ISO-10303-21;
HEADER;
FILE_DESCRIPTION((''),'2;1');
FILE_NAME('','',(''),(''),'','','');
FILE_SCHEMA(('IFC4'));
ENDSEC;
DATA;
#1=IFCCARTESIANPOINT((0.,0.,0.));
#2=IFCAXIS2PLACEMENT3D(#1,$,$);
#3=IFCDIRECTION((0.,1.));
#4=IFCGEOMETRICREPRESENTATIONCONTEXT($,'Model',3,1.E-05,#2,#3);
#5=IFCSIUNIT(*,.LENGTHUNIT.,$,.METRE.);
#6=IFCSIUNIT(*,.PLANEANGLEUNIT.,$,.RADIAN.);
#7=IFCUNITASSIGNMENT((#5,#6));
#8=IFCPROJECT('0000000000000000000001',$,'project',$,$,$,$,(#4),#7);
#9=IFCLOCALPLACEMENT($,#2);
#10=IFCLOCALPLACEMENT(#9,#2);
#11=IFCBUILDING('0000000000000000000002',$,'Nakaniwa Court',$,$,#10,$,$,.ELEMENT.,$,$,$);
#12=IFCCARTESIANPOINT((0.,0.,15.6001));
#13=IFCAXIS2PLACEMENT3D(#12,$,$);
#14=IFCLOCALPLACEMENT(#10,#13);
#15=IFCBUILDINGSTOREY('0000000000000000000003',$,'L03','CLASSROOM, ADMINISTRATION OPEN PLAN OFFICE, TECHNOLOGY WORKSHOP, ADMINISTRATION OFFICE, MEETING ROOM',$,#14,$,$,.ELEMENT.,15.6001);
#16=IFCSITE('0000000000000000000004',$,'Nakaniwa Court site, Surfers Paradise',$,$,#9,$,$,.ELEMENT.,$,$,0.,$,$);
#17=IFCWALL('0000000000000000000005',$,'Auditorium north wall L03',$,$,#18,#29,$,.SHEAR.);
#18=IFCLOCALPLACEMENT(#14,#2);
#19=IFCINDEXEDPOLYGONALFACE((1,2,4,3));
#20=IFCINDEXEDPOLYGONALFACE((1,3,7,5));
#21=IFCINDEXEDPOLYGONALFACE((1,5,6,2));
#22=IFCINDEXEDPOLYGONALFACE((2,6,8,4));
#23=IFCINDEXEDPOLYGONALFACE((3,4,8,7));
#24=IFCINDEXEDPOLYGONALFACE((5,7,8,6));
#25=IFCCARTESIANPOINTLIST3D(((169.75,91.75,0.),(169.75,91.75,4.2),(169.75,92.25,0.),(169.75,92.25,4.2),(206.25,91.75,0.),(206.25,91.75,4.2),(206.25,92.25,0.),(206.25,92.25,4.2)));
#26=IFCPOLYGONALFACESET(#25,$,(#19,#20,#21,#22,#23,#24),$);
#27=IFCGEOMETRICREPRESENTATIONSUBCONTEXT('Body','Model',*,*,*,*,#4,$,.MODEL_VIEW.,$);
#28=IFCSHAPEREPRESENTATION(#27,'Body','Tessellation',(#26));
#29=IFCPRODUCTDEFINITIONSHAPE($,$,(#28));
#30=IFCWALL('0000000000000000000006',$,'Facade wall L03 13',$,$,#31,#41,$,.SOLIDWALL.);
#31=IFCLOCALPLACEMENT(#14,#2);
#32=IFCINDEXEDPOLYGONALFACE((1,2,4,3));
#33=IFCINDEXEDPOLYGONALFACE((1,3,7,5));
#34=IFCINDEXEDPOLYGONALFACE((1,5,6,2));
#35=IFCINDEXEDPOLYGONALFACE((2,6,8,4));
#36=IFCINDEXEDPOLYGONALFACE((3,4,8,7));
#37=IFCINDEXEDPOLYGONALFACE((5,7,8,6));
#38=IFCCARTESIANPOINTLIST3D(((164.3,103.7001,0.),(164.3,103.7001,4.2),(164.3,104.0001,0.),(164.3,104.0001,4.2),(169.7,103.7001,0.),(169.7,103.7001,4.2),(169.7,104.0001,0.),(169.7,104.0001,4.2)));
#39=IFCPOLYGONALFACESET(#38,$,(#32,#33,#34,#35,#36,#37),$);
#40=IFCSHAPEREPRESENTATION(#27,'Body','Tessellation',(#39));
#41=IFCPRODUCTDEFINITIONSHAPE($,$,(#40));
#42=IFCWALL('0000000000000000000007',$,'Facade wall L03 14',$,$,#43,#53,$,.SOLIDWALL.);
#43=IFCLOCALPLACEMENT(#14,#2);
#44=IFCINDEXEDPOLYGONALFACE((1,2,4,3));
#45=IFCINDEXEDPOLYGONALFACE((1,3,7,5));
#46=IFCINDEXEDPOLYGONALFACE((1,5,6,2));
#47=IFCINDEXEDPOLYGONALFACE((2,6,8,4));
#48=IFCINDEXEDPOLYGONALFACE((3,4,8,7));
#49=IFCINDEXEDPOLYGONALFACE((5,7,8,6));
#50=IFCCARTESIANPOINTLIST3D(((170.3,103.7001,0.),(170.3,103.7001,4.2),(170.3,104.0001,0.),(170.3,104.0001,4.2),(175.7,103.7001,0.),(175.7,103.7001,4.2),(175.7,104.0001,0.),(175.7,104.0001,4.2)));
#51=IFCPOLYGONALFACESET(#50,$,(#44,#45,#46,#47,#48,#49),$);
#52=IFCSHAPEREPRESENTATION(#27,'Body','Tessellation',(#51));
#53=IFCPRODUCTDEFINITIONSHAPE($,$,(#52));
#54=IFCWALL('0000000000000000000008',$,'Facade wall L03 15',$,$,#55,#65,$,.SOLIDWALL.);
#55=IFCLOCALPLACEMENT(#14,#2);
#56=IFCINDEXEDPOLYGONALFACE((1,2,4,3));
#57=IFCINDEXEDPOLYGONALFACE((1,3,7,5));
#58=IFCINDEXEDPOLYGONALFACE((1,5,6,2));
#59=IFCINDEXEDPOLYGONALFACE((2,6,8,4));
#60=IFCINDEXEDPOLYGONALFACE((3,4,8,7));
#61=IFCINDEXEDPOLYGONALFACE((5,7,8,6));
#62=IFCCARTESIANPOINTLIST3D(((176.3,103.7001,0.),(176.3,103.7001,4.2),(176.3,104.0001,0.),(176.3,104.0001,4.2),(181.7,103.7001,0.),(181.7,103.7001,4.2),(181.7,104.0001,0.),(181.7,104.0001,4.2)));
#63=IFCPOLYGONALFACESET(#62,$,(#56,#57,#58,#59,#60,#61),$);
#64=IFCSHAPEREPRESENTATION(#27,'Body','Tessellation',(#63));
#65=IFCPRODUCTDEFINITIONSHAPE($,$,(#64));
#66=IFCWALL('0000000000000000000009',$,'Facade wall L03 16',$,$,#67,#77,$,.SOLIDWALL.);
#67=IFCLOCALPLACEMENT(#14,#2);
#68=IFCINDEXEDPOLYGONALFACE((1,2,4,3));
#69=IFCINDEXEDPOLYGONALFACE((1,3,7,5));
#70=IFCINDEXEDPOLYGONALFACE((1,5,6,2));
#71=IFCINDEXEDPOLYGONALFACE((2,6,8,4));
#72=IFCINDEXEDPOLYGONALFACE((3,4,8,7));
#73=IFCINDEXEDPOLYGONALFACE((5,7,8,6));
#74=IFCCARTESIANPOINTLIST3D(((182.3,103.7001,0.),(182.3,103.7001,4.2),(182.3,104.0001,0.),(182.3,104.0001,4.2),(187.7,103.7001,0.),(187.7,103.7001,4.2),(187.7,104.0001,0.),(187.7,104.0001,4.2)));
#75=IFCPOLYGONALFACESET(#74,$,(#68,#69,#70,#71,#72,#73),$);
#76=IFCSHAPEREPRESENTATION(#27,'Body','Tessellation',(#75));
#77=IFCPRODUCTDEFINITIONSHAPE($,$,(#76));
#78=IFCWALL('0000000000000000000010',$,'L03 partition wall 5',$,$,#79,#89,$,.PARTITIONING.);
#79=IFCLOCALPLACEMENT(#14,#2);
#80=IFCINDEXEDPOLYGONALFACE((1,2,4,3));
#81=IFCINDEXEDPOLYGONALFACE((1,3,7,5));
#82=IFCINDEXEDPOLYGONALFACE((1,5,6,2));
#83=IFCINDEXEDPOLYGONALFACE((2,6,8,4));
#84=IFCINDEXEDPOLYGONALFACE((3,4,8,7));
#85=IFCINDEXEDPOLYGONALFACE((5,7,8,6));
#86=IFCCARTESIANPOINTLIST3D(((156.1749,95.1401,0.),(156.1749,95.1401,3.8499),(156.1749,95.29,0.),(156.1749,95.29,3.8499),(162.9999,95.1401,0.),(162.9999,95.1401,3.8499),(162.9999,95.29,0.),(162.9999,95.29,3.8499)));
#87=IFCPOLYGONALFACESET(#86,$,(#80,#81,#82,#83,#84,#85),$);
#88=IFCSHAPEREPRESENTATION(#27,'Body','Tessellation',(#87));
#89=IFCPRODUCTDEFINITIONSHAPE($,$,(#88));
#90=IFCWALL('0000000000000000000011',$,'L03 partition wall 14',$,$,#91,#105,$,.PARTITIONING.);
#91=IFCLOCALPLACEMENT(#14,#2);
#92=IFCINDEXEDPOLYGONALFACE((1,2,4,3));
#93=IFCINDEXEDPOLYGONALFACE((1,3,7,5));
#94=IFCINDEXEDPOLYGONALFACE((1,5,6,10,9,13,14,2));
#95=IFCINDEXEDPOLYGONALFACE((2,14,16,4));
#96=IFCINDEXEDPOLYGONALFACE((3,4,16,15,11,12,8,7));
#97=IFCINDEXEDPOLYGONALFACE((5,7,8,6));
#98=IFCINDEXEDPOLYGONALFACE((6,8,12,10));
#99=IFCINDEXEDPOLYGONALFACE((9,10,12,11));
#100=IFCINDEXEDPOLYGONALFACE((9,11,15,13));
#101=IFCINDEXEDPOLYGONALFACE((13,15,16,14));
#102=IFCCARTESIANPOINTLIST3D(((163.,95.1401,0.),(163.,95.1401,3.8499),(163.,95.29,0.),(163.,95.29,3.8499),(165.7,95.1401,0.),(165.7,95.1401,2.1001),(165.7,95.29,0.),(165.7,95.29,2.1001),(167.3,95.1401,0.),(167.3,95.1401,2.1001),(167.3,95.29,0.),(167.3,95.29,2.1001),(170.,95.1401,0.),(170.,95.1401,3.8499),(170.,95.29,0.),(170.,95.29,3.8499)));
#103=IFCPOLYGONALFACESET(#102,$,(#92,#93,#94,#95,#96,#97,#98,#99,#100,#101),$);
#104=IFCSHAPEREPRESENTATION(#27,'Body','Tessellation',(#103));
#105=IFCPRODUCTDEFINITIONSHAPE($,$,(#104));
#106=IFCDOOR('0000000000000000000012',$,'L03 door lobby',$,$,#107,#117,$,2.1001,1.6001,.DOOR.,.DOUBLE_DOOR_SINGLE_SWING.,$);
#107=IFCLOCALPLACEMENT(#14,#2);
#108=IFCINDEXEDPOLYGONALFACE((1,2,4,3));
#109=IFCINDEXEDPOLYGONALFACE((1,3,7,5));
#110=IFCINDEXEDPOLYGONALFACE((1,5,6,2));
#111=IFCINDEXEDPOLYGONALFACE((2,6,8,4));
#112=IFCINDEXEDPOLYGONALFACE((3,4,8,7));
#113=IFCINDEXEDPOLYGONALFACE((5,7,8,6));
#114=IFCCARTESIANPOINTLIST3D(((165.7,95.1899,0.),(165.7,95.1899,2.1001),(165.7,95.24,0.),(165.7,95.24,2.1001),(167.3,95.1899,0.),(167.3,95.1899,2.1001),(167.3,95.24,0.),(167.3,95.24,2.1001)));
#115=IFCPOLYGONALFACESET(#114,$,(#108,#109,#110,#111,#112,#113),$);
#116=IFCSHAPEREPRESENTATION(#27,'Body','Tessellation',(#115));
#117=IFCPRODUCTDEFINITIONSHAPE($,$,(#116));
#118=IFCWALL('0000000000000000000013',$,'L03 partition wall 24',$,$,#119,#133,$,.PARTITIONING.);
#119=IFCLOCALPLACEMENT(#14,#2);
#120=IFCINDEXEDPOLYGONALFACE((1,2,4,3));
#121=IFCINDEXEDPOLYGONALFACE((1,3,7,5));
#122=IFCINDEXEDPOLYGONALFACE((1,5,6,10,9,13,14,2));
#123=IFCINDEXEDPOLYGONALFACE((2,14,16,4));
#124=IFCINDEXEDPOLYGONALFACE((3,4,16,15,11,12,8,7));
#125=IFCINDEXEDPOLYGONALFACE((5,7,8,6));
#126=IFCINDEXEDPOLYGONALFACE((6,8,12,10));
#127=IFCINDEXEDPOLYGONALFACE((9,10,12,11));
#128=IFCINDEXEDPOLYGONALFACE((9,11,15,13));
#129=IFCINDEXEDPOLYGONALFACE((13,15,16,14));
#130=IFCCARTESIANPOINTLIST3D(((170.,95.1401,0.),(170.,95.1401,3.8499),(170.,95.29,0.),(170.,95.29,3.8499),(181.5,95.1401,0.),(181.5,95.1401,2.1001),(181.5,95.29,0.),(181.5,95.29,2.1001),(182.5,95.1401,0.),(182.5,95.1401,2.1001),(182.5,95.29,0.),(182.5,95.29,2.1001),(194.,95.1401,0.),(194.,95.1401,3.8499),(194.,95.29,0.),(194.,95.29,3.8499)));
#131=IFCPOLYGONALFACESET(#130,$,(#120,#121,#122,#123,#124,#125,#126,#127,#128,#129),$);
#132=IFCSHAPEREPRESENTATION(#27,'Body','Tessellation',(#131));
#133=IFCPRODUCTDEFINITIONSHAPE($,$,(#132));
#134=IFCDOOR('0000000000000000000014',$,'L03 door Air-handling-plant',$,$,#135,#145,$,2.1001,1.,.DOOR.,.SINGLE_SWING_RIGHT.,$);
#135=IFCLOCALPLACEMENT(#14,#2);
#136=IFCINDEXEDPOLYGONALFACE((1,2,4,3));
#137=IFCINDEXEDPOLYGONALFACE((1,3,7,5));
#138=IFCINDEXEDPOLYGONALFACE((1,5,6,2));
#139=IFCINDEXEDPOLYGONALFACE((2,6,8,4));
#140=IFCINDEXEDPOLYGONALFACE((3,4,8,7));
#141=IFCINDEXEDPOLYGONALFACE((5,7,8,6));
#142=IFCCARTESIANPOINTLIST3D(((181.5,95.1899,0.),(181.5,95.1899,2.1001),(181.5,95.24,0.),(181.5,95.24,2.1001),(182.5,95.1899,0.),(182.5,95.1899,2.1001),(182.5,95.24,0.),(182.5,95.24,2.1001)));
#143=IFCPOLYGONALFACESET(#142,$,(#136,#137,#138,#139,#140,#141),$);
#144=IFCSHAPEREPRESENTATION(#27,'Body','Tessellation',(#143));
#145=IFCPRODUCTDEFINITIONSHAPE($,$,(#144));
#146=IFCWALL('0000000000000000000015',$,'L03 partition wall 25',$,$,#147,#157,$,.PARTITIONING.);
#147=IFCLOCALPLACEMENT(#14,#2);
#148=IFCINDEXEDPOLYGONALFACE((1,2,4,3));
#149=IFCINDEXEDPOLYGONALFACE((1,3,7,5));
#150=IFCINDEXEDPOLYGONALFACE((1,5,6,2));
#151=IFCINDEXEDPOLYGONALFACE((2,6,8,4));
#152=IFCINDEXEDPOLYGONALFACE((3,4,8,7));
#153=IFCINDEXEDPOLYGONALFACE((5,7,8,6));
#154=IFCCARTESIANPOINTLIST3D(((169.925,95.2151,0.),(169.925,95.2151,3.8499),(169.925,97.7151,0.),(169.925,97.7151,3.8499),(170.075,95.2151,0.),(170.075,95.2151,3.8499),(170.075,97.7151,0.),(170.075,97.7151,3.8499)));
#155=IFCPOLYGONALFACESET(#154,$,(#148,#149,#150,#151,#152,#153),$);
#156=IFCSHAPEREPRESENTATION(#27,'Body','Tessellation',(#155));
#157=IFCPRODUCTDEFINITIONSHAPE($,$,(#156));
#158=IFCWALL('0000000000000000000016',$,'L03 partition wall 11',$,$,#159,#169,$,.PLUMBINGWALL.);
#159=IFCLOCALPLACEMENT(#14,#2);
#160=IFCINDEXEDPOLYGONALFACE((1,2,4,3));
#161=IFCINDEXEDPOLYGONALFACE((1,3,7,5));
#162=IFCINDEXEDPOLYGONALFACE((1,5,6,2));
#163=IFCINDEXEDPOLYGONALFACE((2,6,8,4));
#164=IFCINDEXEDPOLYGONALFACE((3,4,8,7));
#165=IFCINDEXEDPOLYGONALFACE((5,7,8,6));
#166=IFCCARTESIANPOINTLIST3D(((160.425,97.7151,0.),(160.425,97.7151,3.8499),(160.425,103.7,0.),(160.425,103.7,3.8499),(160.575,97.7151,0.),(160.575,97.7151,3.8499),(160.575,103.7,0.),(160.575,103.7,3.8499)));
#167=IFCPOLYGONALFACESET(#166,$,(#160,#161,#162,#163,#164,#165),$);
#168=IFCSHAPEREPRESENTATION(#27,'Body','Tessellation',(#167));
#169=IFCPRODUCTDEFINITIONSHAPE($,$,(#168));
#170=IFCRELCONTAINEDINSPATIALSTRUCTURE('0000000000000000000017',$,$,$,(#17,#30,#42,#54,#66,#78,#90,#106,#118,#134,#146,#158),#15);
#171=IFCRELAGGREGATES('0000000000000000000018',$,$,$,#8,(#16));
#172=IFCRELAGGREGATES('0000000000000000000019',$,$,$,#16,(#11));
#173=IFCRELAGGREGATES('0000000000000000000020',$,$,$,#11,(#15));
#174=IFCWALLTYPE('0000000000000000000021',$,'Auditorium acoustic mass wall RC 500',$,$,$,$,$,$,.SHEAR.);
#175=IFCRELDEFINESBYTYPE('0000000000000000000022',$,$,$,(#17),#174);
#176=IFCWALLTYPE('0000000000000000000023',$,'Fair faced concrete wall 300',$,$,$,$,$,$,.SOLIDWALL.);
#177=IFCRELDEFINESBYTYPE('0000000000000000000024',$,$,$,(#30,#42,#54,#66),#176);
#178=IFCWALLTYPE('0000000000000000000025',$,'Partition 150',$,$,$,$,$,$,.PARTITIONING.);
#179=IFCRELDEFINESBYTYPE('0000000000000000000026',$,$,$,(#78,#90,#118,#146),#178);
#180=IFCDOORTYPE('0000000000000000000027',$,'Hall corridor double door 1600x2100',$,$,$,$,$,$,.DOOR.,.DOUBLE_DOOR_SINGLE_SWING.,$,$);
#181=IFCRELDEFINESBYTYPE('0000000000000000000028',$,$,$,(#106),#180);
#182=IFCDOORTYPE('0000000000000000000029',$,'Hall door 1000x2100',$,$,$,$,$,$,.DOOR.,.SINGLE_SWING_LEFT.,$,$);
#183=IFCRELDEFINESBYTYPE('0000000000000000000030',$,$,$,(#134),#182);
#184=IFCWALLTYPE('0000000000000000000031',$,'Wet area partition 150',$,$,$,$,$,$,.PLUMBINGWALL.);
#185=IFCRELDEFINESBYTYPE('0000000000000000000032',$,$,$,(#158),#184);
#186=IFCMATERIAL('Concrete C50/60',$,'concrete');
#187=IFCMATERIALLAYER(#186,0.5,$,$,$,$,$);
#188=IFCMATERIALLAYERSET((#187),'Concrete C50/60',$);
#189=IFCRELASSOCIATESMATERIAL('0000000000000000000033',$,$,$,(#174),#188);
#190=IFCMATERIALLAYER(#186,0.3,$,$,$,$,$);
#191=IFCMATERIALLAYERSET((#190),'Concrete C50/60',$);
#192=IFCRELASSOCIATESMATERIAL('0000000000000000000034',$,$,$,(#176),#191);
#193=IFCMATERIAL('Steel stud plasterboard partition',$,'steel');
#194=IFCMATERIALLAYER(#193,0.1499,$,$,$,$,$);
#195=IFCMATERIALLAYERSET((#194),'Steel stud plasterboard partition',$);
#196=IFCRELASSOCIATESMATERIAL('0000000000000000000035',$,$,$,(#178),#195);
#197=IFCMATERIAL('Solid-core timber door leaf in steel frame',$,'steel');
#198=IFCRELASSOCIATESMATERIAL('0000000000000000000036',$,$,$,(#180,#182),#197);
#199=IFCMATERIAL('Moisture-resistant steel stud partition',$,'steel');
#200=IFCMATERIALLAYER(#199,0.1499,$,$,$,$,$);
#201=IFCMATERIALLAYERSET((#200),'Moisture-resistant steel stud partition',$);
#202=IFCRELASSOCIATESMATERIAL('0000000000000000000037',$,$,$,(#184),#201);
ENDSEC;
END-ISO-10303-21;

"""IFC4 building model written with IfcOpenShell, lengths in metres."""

from ifc_helpers import new_model, si_unit, direction, frame, frame_2d, origin, place, context, subcontext, project, spatial, rectangle, extrude, material, layer, layer_set, type_object, element, fill, save


model = new_model("IFC4")

# Units and contexts
model_context = context("Model", 3, precision=1e-05, world=origin(), true_north=direction((0.0, 1.0)))
body_context = subcontext(model_context, "Body", "Model", "MODEL_VIEW")
ifc_project = project(units=[si_unit("LENGTHUNIT", "METRE"), si_unit("PLANEANGLEUNIT", "RADIAN")], contexts=[model_context])

# Site, building, storey
site_placement = place(None, origin())
site = spatial("IfcSite", under=ifc_project, at=site_placement, Name="Nakaniwa Court site, Surfers Paradise", CompositionType="ELEMENT", RefElevation=0.0)
building_placement = place(site_placement, origin())
building = spatial("IfcBuilding", under=site, at=building_placement, Name="Nakaniwa Court", CompositionType="ELEMENT")
storey_placement = place(building_placement, frame((0.0, 0.0, 15.6001)))
storey = spatial("IfcBuildingStorey", under=building, at=storey_placement, Name="L03", Description="CLASSROOM, ADMINISTRATION OPEN PLAN OFFICE, TECHNOLOGY WORKSHOP, ADMINISTRATION OFFICE, MEETING ROOM", CompositionType="ELEMENT", Elevation=15.6001)

# Shared definitions
ifc_material_1 = material(Name="Concrete C50/60", Category="concrete")

# Walls
ifc_layer_1 = layer(ifc_material_1, 0.5)
ifc_layer_set_1 = layer_set([ifc_layer_1], Name="Concrete C50/60")
wall_type_1 = type_object("IfcWallType", Name="Auditorium acoustic mass wall RC 500", PredefinedType="SHEAR", material=ifc_layer_set_1)
wall_1_placement = place(storey_placement, frame((169.75, 92.0, 0.0), z_axis=(0.0, 0.0, 1.0), x_axis=(1.0, 0.0, 0.0)))
element("IfcWall", 1, at=wall_1_placement, inside=storey, type_object=wall_type_1, Name="Auditorium north wall L03", PredefinedType="SHEAR", context=body_context, shape_type="SweptSolid", body=[
    extrude(rectangle(XDim=36.5, YDim=0.5, at=frame_2d((18.25, 0.0))), origin(), (0.0, 0.0, 1.0), 4.2),
])
ifc_layer_2 = layer(ifc_material_1, 0.3)
ifc_layer_set_2 = layer_set([ifc_layer_2], Name="Concrete C50/60")
wall_type_2 = type_object("IfcWallType", Name="Fair faced concrete wall 300", PredefinedType="SOLIDWALL", material=ifc_layer_set_2)
for number, where, z_axis, x_axis, name in (
    (2, (164.3, 103.8501, 0.0), (0.0, 0.0, 1.0), (1.0, 0.0, 0.0), "Facade wall L03 13"),
    (3, (170.3, 103.8501, 0.0), (0.0, 0.0, 1.0), (1.0, 0.0, 0.0), "Facade wall L03 14"),
    (4, (176.3, 103.8501, 0.0), (0.0, 0.0, 1.0), (1.0, 0.0, 0.0), "Facade wall L03 15"),
    (5, (182.3, 103.8501, 0.0), (0.0, 0.0, 1.0), (1.0, 0.0, 0.0), "Facade wall L03 16"),
):
    element("IfcWall", number, at=place(storey_placement, frame(where, z_axis=z_axis, x_axis=x_axis)), inside=storey, type_object=wall_type_2, Name=name, PredefinedType="SOLIDWALL", context=body_context, shape_type="SweptSolid", body=[
        extrude(rectangle(XDim=5.3999, YDim=0.3, at=frame_2d((2.7, 0.0))), origin(), (0.0, 0.0, 1.0), 4.2),
    ])
ifc_material_2 = material(Name="Steel stud plasterboard partition", Category="steel")
ifc_layer_3 = layer(ifc_material_2, 0.1499)
ifc_layer_set_3 = layer_set([ifc_layer_3], Name="Steel stud plasterboard partition")
wall_type_3 = type_object("IfcWallType", Name="Partition 150", PredefinedType="PARTITIONING", material=ifc_layer_set_3)
wall_2_placement = place(storey_placement, frame((163.0, 95.2151, 0.0), z_axis=(0.0, 0.0, 1.0), x_axis=(-1.0, 0.0, 0.0)))
element("IfcWall", 6, at=wall_2_placement, inside=storey, type_object=wall_type_3, Name="L03 partition wall 5", PredefinedType="PARTITIONING", context=body_context, shape_type="SweptSolid", body=[
    extrude(rectangle(XDim=6.825, YDim=0.1499, at=frame_2d((3.4126, 0.0))), origin(), (0.0, 0.0, 1.0), 3.8499),
])

# Walls, openings, doors
wall_3_placement = place(storey_placement, frame((163.0, 95.2151, 0.0), z_axis=(0.0, 0.0, 1.0), x_axis=(1.0, 0.0, 0.0)))
wall_3 = element("IfcWall", 7, at=wall_3_placement, inside=storey, type_object=wall_type_3, Name="L03 partition wall 14", PredefinedType="PARTITIONING", context=body_context, shape_type="SweptSolid", body=[
    extrude(rectangle(XDim=7.0, YDim=0.1499, at=frame_2d((3.5, 0.0))), origin(), (0.0, 0.0, 1.0), 3.8499),
])
opening_1_placement = place(wall_3_placement, frame((2.7, 0.0, 0.0)))
opening_1 = element("IfcOpeningElement", 8, at=opening_1_placement, cuts=wall_3, PredefinedType="OPENING", context=body_context, shape_type="SweptSolid", body=[
    extrude(rectangle(XDim=1.6001, YDim=2.1001, at=frame_2d((0.8, 1.05))), frame((0.0, 0.085, 0.0), z_axis=(0.0, -1.0, 0.0), x_axis=(1.0, 0.0, 0.0)), (0.0, 0.0, 1.0), 0.1699),
])
ifc_material_3 = material(Name="Solid-core timber door leaf in steel frame", Category="steel")
door_type_1 = type_object("IfcDoorType", Name="Hall corridor double door 1600x2100", OperationType="DOUBLE_DOOR_SINGLE_SWING", PredefinedType="DOOR", material=ifc_material_3)
door_1_placement = place(opening_1_placement, origin())
door_1 = element("IfcDoor", 9, at=door_1_placement, inside=storey, type_object=door_type_1, Name="L03 door lobby", OperationType="DOUBLE_DOOR_SINGLE_SWING", OverallHeight=2.1001, OverallWidth=1.6001, PredefinedType="DOOR", context=body_context, shape_type="SweptSolid", body=[
    extrude(rectangle(XDim=1.6001, YDim=2.1001, at=frame_2d((0.8, 1.05))), frame((0.0, 0.0249, 0.0), z_axis=(0.0, -1.0, 0.0), x_axis=(1.0, 0.0, 0.0)), (0.0, 0.0, 1.0), 0.05),
])
fill(opening_1, door_1)
wall_4_placement = place(storey_placement, frame((170.0, 95.2151, 0.0), z_axis=(0.0, 0.0, 1.0), x_axis=(1.0, 0.0, 0.0)))
wall_4 = element("IfcWall", 10, at=wall_4_placement, inside=storey, type_object=wall_type_3, Name="L03 partition wall 24", PredefinedType="PARTITIONING", context=body_context, shape_type="SweptSolid", body=[
    extrude(rectangle(XDim=24.0, YDim=0.1499, at=frame_2d((12.0, 0.0))), origin(), (0.0, 0.0, 1.0), 3.8499),
])
opening_2_placement = place(wall_4_placement, frame((11.5, 0.0, 0.0)))
opening_2 = element("IfcOpeningElement", 11, at=opening_2_placement, cuts=wall_4, PredefinedType="OPENING", context=body_context, shape_type="SweptSolid", body=[
    extrude(rectangle(XDim=1.0, YDim=2.1001, at=frame_2d((0.5, 1.05))), frame((0.0, 0.085, 0.0), z_axis=(0.0, -1.0, 0.0), x_axis=(1.0, 0.0, 0.0)), (0.0, 0.0, 1.0), 0.1699),
])
door_type_2 = type_object("IfcDoorType", Name="Hall door 1000x2100", OperationType="SINGLE_SWING_LEFT", PredefinedType="DOOR", material=ifc_material_3)
door_2_placement = place(opening_2_placement, origin())
door_2 = element("IfcDoor", 12, at=door_2_placement, inside=storey, type_object=door_type_2, Name="L03 door Air-handling-plant", OperationType="SINGLE_SWING_RIGHT", OverallHeight=2.1001, OverallWidth=1.0, PredefinedType="DOOR", context=body_context, shape_type="SweptSolid", body=[
    extrude(rectangle(XDim=1.0, YDim=2.1001, at=frame_2d((0.5, 1.05))), frame((0.0, 0.0249, 0.0), z_axis=(0.0, -1.0, 0.0), x_axis=(1.0, 0.0, 0.0)), (0.0, 0.0, 1.0), 0.05),
])
fill(opening_2, door_2)

# Walls
wall_5_placement = place(storey_placement, frame((170.0, 97.7151, 0.0), z_axis=(0.0, 0.0, 1.0), x_axis=(0.0, -1.0, 0.0)))
element("IfcWall", 13, at=wall_5_placement, inside=storey, type_object=wall_type_3, Name="L03 partition wall 25", PredefinedType="PARTITIONING", context=body_context, shape_type="SweptSolid", body=[
    extrude(rectangle(XDim=2.5, YDim=0.1499, at=frame_2d((1.25, 0.0))), origin(), (0.0, 0.0, 1.0), 3.8499),
])
ifc_material_4 = material(Name="Moisture-resistant steel stud partition", Category="steel")
ifc_layer_4 = layer(ifc_material_4, 0.1499)
ifc_layer_set_4 = layer_set([ifc_layer_4], Name="Moisture-resistant steel stud partition")
wall_type_4 = type_object("IfcWallType", Name="Wet area partition 150", PredefinedType="PLUMBINGWALL", material=ifc_layer_set_4)
wall_6_placement = place(storey_placement, frame((160.5, 103.7, 0.0), z_axis=(0.0, 0.0, 1.0), x_axis=(0.0, -1.0, 0.0)))
element("IfcWall", 14, at=wall_6_placement, inside=storey, type_object=wall_type_4, Name="L03 partition wall 11", PredefinedType="PLUMBINGWALL", context=body_context, shape_type="SweptSolid", body=[
    extrude(rectangle(XDim=5.9849, YDim=0.1499, at=frame_2d((2.9924, 0.0))), origin(), (0.0, 0.0, 1.0), 3.8499),
])

save(model, "model.ifc")
